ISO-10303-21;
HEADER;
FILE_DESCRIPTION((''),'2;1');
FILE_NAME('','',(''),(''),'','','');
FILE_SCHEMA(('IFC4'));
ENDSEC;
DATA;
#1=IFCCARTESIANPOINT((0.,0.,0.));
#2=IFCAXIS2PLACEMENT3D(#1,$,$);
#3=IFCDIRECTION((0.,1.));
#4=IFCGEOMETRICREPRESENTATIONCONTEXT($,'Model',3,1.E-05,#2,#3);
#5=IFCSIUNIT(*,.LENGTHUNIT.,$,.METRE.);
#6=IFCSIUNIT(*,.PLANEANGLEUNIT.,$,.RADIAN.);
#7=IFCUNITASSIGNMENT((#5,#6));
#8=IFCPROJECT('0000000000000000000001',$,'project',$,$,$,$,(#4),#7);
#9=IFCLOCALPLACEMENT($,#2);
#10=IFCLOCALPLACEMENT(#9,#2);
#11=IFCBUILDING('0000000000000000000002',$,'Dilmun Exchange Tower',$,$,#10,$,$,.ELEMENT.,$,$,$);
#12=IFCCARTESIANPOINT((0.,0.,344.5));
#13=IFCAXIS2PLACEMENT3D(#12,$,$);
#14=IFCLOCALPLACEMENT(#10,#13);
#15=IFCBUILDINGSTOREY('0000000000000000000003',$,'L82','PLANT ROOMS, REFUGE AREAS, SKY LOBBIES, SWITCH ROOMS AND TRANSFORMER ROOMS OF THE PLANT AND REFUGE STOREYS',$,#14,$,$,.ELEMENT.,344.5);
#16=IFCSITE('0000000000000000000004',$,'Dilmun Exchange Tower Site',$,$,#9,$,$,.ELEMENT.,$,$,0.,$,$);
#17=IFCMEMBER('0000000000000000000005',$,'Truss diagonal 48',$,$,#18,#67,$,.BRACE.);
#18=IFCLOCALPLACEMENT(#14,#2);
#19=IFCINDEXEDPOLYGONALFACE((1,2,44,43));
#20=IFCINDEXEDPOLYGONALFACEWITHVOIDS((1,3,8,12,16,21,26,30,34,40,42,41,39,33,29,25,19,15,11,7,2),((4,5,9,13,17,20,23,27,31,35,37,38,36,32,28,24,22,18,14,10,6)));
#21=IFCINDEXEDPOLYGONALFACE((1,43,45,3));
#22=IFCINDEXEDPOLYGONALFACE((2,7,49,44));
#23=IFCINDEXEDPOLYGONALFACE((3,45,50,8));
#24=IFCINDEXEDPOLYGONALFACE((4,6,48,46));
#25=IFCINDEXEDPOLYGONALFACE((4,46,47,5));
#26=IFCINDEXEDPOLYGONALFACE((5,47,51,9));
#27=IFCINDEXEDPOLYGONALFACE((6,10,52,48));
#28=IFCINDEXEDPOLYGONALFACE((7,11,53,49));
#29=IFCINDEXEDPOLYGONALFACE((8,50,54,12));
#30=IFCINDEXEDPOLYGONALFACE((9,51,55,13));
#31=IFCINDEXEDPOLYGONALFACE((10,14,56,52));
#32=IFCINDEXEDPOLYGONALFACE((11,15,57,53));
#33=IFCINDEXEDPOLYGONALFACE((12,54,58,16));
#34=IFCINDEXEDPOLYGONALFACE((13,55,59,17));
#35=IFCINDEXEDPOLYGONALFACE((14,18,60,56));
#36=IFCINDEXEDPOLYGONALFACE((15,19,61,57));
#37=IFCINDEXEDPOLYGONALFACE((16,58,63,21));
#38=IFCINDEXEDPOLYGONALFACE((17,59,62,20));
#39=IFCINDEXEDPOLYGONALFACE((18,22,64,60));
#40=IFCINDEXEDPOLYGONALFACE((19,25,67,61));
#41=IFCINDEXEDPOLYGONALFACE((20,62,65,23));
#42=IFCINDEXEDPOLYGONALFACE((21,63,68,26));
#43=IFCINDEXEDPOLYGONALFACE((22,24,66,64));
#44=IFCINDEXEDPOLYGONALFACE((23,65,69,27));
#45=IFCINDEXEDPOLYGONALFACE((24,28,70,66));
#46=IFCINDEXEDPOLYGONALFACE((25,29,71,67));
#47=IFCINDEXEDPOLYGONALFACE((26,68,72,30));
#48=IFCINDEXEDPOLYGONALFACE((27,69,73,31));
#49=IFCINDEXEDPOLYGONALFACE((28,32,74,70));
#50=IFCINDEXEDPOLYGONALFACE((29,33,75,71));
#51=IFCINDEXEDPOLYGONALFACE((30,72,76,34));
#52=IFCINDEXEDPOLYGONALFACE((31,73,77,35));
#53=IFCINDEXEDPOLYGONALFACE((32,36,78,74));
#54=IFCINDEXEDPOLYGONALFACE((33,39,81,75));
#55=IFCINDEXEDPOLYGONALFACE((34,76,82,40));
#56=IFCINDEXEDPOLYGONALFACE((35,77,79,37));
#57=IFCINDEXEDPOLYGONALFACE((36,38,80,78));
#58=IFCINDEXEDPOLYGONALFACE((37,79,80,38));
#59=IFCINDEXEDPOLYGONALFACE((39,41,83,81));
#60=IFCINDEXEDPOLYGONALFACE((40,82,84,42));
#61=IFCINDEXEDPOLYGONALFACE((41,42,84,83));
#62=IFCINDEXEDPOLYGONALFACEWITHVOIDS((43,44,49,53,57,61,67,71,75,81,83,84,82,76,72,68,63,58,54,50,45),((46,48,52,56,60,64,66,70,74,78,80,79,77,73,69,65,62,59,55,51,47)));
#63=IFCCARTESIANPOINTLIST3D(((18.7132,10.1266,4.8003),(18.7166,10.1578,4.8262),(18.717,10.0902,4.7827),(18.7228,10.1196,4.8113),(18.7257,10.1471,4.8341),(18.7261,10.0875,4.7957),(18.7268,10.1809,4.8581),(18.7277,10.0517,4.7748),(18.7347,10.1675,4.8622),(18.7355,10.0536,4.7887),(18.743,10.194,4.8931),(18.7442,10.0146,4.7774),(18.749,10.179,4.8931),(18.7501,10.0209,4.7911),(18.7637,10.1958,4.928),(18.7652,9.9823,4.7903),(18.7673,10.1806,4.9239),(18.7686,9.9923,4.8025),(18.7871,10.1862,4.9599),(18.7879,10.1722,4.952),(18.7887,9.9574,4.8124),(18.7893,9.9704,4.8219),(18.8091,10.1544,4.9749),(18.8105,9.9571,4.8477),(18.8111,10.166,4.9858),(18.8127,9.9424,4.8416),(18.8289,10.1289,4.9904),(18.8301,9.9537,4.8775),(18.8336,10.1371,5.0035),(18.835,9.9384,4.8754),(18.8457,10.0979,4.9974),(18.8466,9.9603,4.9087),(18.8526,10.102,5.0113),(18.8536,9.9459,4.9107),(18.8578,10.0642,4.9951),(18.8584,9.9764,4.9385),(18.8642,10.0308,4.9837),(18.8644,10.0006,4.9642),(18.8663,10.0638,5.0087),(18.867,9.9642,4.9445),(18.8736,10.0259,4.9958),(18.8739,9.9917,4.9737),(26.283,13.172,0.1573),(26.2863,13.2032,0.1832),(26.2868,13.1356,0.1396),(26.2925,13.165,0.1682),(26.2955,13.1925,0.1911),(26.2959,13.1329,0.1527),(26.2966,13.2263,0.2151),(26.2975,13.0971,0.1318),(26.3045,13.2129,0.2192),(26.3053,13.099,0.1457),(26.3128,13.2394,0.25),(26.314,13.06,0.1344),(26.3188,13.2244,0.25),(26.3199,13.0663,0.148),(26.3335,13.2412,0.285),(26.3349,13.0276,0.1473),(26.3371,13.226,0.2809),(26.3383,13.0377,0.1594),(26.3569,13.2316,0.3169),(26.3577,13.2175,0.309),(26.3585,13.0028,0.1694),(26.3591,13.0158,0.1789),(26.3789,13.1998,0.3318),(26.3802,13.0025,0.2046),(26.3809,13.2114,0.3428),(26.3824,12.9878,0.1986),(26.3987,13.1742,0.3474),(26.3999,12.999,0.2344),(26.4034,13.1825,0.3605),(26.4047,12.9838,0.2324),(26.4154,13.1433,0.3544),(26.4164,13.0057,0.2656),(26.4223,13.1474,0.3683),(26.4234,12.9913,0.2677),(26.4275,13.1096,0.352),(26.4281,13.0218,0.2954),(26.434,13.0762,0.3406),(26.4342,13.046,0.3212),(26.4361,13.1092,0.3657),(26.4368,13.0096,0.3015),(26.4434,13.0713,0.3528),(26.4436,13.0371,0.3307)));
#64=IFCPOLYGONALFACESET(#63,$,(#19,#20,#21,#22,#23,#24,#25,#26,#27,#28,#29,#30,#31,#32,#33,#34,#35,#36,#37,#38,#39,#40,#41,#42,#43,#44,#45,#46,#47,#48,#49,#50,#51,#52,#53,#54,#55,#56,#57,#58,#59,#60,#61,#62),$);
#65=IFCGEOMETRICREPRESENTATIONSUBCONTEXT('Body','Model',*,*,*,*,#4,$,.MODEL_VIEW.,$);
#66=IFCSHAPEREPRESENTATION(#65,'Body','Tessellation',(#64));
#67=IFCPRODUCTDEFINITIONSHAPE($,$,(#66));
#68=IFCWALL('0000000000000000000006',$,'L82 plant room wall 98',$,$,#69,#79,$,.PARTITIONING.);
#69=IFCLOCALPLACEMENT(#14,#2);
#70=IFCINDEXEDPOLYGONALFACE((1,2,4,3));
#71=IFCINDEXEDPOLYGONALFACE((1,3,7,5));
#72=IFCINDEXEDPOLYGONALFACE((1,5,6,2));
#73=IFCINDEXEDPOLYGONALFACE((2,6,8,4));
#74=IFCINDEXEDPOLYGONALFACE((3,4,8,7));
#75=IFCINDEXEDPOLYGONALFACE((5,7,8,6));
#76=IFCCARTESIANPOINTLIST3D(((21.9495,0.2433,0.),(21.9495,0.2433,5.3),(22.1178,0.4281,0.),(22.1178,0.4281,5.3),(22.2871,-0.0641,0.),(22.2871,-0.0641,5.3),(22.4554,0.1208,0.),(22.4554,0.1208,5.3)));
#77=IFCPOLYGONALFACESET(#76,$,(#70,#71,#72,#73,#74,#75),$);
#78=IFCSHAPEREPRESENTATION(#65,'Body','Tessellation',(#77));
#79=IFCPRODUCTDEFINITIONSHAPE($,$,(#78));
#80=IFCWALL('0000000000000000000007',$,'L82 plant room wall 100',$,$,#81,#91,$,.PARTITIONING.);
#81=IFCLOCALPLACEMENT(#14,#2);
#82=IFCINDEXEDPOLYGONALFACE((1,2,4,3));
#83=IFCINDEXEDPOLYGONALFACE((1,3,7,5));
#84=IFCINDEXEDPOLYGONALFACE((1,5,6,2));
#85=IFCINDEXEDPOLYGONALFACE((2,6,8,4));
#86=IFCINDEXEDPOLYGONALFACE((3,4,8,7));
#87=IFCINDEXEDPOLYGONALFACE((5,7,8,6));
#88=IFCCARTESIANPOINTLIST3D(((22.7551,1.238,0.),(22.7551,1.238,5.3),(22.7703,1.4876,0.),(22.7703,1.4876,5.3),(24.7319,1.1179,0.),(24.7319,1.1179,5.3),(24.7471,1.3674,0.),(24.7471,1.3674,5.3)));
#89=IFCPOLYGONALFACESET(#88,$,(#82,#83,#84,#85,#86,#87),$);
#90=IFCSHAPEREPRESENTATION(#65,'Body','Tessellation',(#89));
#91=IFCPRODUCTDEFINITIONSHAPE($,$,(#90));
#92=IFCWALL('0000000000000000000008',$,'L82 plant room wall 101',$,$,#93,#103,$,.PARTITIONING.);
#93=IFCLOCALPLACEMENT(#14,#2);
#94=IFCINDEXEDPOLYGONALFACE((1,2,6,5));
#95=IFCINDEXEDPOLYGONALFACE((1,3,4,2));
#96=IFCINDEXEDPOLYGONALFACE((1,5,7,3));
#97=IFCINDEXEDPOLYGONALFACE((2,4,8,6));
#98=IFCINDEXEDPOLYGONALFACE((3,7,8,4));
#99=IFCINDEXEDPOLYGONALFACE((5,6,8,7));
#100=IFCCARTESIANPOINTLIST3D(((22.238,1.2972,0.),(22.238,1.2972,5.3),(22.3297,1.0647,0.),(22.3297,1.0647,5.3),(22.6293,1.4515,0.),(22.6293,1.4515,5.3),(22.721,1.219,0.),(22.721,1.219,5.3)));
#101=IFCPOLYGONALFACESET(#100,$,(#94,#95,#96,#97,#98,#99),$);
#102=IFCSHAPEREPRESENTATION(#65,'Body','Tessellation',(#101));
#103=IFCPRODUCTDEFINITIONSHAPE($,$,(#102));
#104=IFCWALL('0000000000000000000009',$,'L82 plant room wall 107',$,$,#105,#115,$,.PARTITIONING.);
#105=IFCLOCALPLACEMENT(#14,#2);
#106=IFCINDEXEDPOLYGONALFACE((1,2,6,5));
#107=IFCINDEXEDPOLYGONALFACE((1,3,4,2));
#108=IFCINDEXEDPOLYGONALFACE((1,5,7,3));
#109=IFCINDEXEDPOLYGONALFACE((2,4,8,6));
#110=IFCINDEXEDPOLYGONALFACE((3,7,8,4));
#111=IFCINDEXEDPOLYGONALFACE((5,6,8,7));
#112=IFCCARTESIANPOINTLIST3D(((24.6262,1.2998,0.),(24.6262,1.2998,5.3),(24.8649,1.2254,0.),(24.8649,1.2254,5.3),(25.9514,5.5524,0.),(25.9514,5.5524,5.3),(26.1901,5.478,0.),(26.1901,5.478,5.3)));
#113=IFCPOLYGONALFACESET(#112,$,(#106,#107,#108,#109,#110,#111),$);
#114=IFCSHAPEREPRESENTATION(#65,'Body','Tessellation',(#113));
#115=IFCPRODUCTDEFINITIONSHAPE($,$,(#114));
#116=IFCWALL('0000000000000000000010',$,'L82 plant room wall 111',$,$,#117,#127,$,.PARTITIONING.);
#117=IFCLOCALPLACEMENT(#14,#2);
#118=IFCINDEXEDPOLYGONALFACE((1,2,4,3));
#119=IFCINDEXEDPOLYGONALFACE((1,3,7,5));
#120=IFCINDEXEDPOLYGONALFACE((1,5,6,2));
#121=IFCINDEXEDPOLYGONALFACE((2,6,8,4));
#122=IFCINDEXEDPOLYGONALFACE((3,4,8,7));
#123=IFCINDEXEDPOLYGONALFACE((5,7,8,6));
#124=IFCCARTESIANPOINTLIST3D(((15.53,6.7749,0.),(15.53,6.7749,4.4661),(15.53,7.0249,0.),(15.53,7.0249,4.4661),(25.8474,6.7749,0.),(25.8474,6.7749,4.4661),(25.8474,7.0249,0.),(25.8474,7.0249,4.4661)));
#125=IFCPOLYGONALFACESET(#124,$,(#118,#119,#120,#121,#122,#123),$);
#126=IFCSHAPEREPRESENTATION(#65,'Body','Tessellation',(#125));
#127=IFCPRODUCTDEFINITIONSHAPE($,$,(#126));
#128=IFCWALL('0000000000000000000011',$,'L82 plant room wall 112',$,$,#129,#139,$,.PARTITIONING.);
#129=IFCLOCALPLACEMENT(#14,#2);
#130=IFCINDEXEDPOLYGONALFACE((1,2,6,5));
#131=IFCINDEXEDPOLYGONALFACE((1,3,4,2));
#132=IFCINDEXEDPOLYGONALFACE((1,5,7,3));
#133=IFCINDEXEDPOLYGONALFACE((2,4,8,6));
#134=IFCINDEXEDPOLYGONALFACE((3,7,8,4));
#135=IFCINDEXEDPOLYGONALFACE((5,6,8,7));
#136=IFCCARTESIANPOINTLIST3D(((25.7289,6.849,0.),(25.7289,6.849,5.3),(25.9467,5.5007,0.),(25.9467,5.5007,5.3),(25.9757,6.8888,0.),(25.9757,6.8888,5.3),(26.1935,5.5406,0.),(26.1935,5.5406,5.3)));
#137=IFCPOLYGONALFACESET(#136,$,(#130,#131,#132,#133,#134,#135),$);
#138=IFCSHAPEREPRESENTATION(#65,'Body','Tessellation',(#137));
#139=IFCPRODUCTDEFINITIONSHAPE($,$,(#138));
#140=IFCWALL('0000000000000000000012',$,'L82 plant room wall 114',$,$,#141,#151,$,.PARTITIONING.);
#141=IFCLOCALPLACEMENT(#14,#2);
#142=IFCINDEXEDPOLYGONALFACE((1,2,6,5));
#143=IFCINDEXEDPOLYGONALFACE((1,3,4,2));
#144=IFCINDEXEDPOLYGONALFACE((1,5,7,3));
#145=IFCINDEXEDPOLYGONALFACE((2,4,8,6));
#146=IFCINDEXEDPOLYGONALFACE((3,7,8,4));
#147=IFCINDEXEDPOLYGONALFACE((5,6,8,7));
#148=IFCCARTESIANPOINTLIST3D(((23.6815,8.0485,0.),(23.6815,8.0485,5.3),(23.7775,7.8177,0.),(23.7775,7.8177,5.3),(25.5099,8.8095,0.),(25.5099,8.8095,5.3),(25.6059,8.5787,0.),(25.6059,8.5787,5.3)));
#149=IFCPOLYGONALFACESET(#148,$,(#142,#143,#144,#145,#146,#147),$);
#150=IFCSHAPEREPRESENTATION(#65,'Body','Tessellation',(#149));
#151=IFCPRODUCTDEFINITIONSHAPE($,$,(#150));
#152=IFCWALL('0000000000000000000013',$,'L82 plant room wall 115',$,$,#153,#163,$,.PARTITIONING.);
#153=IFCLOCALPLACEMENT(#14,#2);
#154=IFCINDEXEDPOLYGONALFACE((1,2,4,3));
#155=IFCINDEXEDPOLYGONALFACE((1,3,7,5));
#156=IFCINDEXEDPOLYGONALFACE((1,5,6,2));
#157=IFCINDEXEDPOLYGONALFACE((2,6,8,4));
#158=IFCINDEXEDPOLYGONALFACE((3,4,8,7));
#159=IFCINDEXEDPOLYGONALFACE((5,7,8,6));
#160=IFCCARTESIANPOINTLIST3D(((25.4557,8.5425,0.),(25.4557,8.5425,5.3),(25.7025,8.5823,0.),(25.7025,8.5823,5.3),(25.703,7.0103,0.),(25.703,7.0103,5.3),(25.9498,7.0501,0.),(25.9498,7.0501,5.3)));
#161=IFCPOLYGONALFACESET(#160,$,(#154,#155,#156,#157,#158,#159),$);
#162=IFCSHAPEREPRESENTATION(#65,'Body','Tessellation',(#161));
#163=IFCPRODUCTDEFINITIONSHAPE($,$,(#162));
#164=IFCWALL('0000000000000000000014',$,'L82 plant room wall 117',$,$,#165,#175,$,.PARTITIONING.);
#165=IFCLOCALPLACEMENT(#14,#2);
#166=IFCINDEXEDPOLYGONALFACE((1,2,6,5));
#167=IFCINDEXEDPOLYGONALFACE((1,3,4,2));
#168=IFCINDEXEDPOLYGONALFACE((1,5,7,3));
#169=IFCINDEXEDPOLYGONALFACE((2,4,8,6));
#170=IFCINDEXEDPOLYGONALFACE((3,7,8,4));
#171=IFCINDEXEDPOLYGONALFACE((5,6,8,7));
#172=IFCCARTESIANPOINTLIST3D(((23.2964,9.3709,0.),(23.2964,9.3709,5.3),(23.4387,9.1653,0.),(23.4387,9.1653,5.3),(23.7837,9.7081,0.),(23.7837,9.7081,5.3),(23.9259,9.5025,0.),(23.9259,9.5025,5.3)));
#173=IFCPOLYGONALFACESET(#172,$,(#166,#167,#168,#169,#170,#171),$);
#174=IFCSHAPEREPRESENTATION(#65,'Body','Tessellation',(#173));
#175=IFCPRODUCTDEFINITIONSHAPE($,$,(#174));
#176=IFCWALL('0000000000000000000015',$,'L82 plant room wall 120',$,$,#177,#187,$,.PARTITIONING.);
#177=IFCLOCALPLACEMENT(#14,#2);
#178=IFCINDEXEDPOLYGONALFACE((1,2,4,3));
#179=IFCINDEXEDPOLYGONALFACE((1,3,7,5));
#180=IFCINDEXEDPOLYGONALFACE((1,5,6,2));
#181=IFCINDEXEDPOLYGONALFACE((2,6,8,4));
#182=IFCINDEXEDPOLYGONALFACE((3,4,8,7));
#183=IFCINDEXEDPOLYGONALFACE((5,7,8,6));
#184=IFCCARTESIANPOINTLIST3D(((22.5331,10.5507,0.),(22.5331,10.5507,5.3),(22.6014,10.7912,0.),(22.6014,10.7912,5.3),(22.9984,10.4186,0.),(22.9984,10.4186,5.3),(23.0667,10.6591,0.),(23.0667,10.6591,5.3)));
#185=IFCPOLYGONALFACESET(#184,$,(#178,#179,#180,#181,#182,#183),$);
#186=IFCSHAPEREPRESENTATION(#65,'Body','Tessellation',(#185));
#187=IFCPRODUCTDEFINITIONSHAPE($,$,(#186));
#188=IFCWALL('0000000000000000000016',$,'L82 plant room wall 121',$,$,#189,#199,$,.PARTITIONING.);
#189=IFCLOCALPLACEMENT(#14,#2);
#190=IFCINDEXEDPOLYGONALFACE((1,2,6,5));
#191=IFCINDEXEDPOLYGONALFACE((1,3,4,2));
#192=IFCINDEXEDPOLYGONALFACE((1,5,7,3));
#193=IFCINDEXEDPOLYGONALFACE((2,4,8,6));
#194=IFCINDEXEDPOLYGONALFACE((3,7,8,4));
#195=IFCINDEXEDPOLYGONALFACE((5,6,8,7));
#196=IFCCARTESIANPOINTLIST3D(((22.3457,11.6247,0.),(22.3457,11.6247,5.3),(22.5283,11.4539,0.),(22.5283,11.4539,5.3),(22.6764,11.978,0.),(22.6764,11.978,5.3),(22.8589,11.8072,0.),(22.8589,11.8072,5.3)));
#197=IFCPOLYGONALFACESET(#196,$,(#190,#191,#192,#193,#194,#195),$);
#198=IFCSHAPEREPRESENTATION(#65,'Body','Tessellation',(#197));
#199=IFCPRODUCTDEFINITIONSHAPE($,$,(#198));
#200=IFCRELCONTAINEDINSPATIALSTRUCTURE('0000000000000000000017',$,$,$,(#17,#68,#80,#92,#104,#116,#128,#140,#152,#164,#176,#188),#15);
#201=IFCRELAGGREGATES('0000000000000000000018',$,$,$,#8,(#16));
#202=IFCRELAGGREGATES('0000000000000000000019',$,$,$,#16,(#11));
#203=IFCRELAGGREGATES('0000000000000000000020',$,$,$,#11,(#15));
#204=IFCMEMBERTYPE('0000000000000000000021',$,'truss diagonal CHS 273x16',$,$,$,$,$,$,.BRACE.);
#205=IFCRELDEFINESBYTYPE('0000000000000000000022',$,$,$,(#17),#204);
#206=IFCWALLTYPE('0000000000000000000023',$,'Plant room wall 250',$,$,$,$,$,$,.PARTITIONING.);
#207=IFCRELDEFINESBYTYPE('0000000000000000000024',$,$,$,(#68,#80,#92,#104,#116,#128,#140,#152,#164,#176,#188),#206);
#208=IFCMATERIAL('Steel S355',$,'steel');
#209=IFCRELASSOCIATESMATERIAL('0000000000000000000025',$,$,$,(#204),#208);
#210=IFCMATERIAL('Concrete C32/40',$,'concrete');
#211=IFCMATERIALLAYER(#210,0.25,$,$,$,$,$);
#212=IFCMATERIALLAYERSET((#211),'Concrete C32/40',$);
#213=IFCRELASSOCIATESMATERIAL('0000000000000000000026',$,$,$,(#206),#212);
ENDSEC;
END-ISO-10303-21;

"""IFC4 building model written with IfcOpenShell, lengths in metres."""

from ifc_helpers import new_model, si_unit, direction, frame, frame_2d, origin, origin_2d, place, context, subcontext, project, spatial, rectangle, hollow_circle, extrude, material, layer, layer_set, material_profile, profile_set, type_object, element, save


model = new_model("IFC4")

# Units and contexts
model_context = context("Model", 3, precision=1e-05, world=origin(), true_north=direction((0.0, 1.0)))
body_context = subcontext(model_context, "Body", "Model", "MODEL_VIEW")
ifc_project = project(units=[si_unit("LENGTHUNIT", "METRE"), si_unit("PLANEANGLEUNIT", "RADIAN")], contexts=[model_context])

# Site, building, storey
site_placement = place(None, origin())
site = spatial("IfcSite", under=ifc_project, at=site_placement, Name="Dilmun Exchange Tower Site", CompositionType="ELEMENT", RefElevation=0.0)
building_placement = place(site_placement, origin())
building = spatial("IfcBuilding", under=site, at=building_placement, Name="Dilmun Exchange Tower", CompositionType="ELEMENT")
storey_placement = place(building_placement, frame((0.0, 0.0, 344.5)))
storey = spatial("IfcBuildingStorey", under=building, at=storey_placement, Name="L82", Description="PLANT ROOMS, REFUGE AREAS, SKY LOBBIES, SWITCH ROOMS AND TRANSFORMER ROOMS OF THE PLANT AND REFUGE STOREYS", CompositionType="ELEMENT", Elevation=344.5)

# Shared definitions
ifc_material_1 = material(Name="Steel S355", Category="steel")

# Member
ifc_material_profile_1 = material_profile(ifc_material_1, hollow_circle(Radius=0.1365, WallThickness=0.0161, at=origin_2d()), Name="CHS 273x16")
ifc_profile_set_1 = profile_set([ifc_material_profile_1], Name="Steel S355")
member_type = type_object("IfcMemberType", Name="truss diagonal CHS 273x16", PredefinedType="BRACE", material=ifc_profile_set_1)
member_1_placement = place(storey_placement, frame((18.7939, 10.0674, 4.8931), z_axis=(0.806329, 0.324393, -0.494574), x_axis=(-0.373237, 0.927736, 0.0)))
element("IfcMember", 1, at=member_1_placement, inside=storey, type_object=member_type, Name="Truss diagonal 48", PredefinedType="BRACE", context=body_context, shape_type="SweptSolid", body=[
    extrude(hollow_circle(Radius=0.1365, WallThickness=0.0161, at=origin_2d()), origin(), (0.0, 0.0, 1.0), 9.3879),
])

# Walls
ifc_material_2 = material(Name="Concrete C32/40", Category="concrete")
ifc_layer_1 = layer(ifc_material_2, 0.25)
ifc_layer_set_1 = layer_set([ifc_layer_1], Name="Concrete C32/40")
wall_type = type_object("IfcWallType", Name="Plant room wall 250", PredefinedType="PARTITIONING", material=ifc_layer_set_1)
wall_1_placement = place(storey_placement, frame((22.0337, 0.3357, 0.0), z_axis=(0.0, 0.0, 1.0), x_axis=(0.73948, -0.673178, 0.0)))
element("IfcWall", 2, at=wall_1_placement, inside=storey, type_object=wall_type, Name="L82 plant room wall 98", PredefinedType="PARTITIONING", context=body_context, shape_type="SweptSolid", body=[
    extrude(rectangle(XDim=0.4565, YDim=0.25, at=frame_2d((0.2283, 0.0))), origin(), (0.0, 0.0, 1.0), 5.3),
])
wall_2_placement = place(storey_placement, frame((22.7627, 1.3628, 0.0), z_axis=(0.0, 0.0, 1.0), x_axis=(0.998159, -0.060651, 0.0)))
element("IfcWall", 3, at=wall_2_placement, inside=storey, type_object=wall_type, Name="L82 plant room wall 100", PredefinedType="PARTITIONING", context=body_context, shape_type="SweptSolid", body=[
    extrude(rectangle(XDim=1.9805, YDim=0.25, at=frame_2d((0.9902, 0.0))), origin(), (0.0, 0.0, 1.0), 5.3),
])
wall_3_placement = place(storey_placement, frame((22.2837, 1.1809, 0.0), z_axis=(0.0, 0.0, 1.0), x_axis=(0.930306, 0.366783, 0.0)))
element("IfcWall", 4, at=wall_3_placement, inside=storey, type_object=wall_type, Name="L82 plant room wall 101", PredefinedType="PARTITIONING", context=body_context, shape_type="SweptSolid", body=[
    extrude(rectangle(XDim=0.4207, YDim=0.25, at=frame_2d((0.2104, 0.0))), origin(), (0.0, 0.0, 1.0), 5.3),
])
wall_4_placement = place(storey_placement, frame((24.7456, 1.2627, 0.0), z_axis=(0.0, 0.0, 1.0), x_axis=(0.297504, 0.954721, 0.0)))
element("IfcWall", 5, at=wall_4_placement, inside=storey, type_object=wall_type, Name="L82 plant room wall 107", PredefinedType="PARTITIONING", context=body_context, shape_type="SweptSolid", body=[
    extrude(rectangle(XDim=4.4543, YDim=0.25, at=frame_2d((2.2271, 0.0))), origin(), (0.0, 0.0, 1.0), 5.3),
])
wall_5_placement = place(storey_placement, frame((15.53, 6.8999, 0.0), z_axis=(0.0, 0.0, 1.0), x_axis=(1.0, 0.0, 0.0)))
element("IfcWall", 6, at=wall_5_placement, inside=storey, type_object=wall_type, Name="L82 plant room wall 111", PredefinedType="PARTITIONING", context=body_context, shape_type="SweptSolid", body=[
    extrude(rectangle(XDim=10.3174, YDim=0.25, at=frame_2d((5.1587, 0.0))), origin(), (0.0, 0.0, 1.0), 4.4661),
])
wall_6_placement = place(storey_placement, frame((25.8523, 6.8689, 0.0), z_axis=(0.0, 0.0, 1.0), x_axis=(0.159469, -0.987203, 0.0)))
element("IfcWall", 7, at=wall_6_placement, inside=storey, type_object=wall_type, Name="L82 plant room wall 112", PredefinedType="PARTITIONING", context=body_context, shape_type="SweptSolid", body=[
    extrude(rectangle(XDim=1.3657, YDim=0.25, at=frame_2d((0.6829, 0.0))), origin(), (0.0, 0.0, 1.0), 5.3),
])
wall_7_placement = place(storey_placement, frame((23.7295, 7.9331, 0.0), z_axis=(0.0, 0.0, 1.0), x_axis=(0.923226, 0.384256, 0.0)))
element("IfcWall", 8, at=wall_7_placement, inside=storey, type_object=wall_type, Name="L82 plant room wall 114", PredefinedType="PARTITIONING", context=body_context, shape_type="SweptSolid", body=[
    extrude(rectangle(XDim=1.9805, YDim=0.25, at=frame_2d((0.9902, 0.0))), origin(), (0.0, 0.0, 1.0), 5.3),
])
wall_8_placement = place(storey_placement, frame((25.5791, 8.5623, 0.0), z_axis=(0.0, 0.0, 1.0), x_axis=(0.159346, -0.987223, 0.0)))
element("IfcWall", 9, at=wall_8_placement, inside=storey, type_object=wall_type, Name="L82 plant room wall 115", PredefinedType="PARTITIONING", context=body_context, shape_type="SweptSolid", body=[
    extrude(rectangle(XDim=1.552, YDim=0.25, at=frame_2d((0.7759, 0.0))), origin(), (0.0, 0.0, 1.0), 5.3),
])
wall_9_placement = place(storey_placement, frame((23.3674, 9.2681, 0.0), z_axis=(0.0, 0.0, 1.0), x_axis=(0.822355, 0.568974, 0.0)))
element("IfcWall", 10, at=wall_9_placement, inside=storey, type_object=wall_type, Name="L82 plant room wall 117", PredefinedType="PARTITIONING", context=body_context, shape_type="SweptSolid", body=[
    extrude(rectangle(XDim=0.5925, YDim=0.25, at=frame_2d((0.2964, 0.0))), origin(), (0.0, 0.0, 1.0), 5.3),
])
wall_10_placement = place(storey_placement, frame((22.5674, 10.6709, 0.0), z_axis=(0.0, 0.0, 1.0), x_axis=(0.961999, -0.273054, 0.0)))
element("IfcWall", 11, at=wall_10_placement, inside=storey, type_object=wall_type, Name="L82 plant room wall 120", PredefinedType="PARTITIONING", context=body_context, shape_type="SweptSolid", body=[
    extrude(rectangle(XDim=0.4836, YDim=0.25, at=frame_2d((0.2417, 0.0))), origin(), (0.0, 0.0, 1.0), 5.3),
])
wall_11_placement = place(storey_placement, frame((22.437, 11.5393, 0.0), z_axis=(0.0, 0.0, 1.0), x_axis=(0.683253, 0.730182, 0.0)))
element("IfcWall", 12, at=wall_11_placement, inside=storey, type_object=wall_type, Name="L82 plant room wall 121", PredefinedType="PARTITIONING", context=body_context, shape_type="SweptSolid", body=[
    extrude(rectangle(XDim=0.4839, YDim=0.25, at=frame_2d((0.2419, 0.0))), origin(), (0.0, 0.0, 1.0), 5.3),
])

save(model, "model.ifc")
